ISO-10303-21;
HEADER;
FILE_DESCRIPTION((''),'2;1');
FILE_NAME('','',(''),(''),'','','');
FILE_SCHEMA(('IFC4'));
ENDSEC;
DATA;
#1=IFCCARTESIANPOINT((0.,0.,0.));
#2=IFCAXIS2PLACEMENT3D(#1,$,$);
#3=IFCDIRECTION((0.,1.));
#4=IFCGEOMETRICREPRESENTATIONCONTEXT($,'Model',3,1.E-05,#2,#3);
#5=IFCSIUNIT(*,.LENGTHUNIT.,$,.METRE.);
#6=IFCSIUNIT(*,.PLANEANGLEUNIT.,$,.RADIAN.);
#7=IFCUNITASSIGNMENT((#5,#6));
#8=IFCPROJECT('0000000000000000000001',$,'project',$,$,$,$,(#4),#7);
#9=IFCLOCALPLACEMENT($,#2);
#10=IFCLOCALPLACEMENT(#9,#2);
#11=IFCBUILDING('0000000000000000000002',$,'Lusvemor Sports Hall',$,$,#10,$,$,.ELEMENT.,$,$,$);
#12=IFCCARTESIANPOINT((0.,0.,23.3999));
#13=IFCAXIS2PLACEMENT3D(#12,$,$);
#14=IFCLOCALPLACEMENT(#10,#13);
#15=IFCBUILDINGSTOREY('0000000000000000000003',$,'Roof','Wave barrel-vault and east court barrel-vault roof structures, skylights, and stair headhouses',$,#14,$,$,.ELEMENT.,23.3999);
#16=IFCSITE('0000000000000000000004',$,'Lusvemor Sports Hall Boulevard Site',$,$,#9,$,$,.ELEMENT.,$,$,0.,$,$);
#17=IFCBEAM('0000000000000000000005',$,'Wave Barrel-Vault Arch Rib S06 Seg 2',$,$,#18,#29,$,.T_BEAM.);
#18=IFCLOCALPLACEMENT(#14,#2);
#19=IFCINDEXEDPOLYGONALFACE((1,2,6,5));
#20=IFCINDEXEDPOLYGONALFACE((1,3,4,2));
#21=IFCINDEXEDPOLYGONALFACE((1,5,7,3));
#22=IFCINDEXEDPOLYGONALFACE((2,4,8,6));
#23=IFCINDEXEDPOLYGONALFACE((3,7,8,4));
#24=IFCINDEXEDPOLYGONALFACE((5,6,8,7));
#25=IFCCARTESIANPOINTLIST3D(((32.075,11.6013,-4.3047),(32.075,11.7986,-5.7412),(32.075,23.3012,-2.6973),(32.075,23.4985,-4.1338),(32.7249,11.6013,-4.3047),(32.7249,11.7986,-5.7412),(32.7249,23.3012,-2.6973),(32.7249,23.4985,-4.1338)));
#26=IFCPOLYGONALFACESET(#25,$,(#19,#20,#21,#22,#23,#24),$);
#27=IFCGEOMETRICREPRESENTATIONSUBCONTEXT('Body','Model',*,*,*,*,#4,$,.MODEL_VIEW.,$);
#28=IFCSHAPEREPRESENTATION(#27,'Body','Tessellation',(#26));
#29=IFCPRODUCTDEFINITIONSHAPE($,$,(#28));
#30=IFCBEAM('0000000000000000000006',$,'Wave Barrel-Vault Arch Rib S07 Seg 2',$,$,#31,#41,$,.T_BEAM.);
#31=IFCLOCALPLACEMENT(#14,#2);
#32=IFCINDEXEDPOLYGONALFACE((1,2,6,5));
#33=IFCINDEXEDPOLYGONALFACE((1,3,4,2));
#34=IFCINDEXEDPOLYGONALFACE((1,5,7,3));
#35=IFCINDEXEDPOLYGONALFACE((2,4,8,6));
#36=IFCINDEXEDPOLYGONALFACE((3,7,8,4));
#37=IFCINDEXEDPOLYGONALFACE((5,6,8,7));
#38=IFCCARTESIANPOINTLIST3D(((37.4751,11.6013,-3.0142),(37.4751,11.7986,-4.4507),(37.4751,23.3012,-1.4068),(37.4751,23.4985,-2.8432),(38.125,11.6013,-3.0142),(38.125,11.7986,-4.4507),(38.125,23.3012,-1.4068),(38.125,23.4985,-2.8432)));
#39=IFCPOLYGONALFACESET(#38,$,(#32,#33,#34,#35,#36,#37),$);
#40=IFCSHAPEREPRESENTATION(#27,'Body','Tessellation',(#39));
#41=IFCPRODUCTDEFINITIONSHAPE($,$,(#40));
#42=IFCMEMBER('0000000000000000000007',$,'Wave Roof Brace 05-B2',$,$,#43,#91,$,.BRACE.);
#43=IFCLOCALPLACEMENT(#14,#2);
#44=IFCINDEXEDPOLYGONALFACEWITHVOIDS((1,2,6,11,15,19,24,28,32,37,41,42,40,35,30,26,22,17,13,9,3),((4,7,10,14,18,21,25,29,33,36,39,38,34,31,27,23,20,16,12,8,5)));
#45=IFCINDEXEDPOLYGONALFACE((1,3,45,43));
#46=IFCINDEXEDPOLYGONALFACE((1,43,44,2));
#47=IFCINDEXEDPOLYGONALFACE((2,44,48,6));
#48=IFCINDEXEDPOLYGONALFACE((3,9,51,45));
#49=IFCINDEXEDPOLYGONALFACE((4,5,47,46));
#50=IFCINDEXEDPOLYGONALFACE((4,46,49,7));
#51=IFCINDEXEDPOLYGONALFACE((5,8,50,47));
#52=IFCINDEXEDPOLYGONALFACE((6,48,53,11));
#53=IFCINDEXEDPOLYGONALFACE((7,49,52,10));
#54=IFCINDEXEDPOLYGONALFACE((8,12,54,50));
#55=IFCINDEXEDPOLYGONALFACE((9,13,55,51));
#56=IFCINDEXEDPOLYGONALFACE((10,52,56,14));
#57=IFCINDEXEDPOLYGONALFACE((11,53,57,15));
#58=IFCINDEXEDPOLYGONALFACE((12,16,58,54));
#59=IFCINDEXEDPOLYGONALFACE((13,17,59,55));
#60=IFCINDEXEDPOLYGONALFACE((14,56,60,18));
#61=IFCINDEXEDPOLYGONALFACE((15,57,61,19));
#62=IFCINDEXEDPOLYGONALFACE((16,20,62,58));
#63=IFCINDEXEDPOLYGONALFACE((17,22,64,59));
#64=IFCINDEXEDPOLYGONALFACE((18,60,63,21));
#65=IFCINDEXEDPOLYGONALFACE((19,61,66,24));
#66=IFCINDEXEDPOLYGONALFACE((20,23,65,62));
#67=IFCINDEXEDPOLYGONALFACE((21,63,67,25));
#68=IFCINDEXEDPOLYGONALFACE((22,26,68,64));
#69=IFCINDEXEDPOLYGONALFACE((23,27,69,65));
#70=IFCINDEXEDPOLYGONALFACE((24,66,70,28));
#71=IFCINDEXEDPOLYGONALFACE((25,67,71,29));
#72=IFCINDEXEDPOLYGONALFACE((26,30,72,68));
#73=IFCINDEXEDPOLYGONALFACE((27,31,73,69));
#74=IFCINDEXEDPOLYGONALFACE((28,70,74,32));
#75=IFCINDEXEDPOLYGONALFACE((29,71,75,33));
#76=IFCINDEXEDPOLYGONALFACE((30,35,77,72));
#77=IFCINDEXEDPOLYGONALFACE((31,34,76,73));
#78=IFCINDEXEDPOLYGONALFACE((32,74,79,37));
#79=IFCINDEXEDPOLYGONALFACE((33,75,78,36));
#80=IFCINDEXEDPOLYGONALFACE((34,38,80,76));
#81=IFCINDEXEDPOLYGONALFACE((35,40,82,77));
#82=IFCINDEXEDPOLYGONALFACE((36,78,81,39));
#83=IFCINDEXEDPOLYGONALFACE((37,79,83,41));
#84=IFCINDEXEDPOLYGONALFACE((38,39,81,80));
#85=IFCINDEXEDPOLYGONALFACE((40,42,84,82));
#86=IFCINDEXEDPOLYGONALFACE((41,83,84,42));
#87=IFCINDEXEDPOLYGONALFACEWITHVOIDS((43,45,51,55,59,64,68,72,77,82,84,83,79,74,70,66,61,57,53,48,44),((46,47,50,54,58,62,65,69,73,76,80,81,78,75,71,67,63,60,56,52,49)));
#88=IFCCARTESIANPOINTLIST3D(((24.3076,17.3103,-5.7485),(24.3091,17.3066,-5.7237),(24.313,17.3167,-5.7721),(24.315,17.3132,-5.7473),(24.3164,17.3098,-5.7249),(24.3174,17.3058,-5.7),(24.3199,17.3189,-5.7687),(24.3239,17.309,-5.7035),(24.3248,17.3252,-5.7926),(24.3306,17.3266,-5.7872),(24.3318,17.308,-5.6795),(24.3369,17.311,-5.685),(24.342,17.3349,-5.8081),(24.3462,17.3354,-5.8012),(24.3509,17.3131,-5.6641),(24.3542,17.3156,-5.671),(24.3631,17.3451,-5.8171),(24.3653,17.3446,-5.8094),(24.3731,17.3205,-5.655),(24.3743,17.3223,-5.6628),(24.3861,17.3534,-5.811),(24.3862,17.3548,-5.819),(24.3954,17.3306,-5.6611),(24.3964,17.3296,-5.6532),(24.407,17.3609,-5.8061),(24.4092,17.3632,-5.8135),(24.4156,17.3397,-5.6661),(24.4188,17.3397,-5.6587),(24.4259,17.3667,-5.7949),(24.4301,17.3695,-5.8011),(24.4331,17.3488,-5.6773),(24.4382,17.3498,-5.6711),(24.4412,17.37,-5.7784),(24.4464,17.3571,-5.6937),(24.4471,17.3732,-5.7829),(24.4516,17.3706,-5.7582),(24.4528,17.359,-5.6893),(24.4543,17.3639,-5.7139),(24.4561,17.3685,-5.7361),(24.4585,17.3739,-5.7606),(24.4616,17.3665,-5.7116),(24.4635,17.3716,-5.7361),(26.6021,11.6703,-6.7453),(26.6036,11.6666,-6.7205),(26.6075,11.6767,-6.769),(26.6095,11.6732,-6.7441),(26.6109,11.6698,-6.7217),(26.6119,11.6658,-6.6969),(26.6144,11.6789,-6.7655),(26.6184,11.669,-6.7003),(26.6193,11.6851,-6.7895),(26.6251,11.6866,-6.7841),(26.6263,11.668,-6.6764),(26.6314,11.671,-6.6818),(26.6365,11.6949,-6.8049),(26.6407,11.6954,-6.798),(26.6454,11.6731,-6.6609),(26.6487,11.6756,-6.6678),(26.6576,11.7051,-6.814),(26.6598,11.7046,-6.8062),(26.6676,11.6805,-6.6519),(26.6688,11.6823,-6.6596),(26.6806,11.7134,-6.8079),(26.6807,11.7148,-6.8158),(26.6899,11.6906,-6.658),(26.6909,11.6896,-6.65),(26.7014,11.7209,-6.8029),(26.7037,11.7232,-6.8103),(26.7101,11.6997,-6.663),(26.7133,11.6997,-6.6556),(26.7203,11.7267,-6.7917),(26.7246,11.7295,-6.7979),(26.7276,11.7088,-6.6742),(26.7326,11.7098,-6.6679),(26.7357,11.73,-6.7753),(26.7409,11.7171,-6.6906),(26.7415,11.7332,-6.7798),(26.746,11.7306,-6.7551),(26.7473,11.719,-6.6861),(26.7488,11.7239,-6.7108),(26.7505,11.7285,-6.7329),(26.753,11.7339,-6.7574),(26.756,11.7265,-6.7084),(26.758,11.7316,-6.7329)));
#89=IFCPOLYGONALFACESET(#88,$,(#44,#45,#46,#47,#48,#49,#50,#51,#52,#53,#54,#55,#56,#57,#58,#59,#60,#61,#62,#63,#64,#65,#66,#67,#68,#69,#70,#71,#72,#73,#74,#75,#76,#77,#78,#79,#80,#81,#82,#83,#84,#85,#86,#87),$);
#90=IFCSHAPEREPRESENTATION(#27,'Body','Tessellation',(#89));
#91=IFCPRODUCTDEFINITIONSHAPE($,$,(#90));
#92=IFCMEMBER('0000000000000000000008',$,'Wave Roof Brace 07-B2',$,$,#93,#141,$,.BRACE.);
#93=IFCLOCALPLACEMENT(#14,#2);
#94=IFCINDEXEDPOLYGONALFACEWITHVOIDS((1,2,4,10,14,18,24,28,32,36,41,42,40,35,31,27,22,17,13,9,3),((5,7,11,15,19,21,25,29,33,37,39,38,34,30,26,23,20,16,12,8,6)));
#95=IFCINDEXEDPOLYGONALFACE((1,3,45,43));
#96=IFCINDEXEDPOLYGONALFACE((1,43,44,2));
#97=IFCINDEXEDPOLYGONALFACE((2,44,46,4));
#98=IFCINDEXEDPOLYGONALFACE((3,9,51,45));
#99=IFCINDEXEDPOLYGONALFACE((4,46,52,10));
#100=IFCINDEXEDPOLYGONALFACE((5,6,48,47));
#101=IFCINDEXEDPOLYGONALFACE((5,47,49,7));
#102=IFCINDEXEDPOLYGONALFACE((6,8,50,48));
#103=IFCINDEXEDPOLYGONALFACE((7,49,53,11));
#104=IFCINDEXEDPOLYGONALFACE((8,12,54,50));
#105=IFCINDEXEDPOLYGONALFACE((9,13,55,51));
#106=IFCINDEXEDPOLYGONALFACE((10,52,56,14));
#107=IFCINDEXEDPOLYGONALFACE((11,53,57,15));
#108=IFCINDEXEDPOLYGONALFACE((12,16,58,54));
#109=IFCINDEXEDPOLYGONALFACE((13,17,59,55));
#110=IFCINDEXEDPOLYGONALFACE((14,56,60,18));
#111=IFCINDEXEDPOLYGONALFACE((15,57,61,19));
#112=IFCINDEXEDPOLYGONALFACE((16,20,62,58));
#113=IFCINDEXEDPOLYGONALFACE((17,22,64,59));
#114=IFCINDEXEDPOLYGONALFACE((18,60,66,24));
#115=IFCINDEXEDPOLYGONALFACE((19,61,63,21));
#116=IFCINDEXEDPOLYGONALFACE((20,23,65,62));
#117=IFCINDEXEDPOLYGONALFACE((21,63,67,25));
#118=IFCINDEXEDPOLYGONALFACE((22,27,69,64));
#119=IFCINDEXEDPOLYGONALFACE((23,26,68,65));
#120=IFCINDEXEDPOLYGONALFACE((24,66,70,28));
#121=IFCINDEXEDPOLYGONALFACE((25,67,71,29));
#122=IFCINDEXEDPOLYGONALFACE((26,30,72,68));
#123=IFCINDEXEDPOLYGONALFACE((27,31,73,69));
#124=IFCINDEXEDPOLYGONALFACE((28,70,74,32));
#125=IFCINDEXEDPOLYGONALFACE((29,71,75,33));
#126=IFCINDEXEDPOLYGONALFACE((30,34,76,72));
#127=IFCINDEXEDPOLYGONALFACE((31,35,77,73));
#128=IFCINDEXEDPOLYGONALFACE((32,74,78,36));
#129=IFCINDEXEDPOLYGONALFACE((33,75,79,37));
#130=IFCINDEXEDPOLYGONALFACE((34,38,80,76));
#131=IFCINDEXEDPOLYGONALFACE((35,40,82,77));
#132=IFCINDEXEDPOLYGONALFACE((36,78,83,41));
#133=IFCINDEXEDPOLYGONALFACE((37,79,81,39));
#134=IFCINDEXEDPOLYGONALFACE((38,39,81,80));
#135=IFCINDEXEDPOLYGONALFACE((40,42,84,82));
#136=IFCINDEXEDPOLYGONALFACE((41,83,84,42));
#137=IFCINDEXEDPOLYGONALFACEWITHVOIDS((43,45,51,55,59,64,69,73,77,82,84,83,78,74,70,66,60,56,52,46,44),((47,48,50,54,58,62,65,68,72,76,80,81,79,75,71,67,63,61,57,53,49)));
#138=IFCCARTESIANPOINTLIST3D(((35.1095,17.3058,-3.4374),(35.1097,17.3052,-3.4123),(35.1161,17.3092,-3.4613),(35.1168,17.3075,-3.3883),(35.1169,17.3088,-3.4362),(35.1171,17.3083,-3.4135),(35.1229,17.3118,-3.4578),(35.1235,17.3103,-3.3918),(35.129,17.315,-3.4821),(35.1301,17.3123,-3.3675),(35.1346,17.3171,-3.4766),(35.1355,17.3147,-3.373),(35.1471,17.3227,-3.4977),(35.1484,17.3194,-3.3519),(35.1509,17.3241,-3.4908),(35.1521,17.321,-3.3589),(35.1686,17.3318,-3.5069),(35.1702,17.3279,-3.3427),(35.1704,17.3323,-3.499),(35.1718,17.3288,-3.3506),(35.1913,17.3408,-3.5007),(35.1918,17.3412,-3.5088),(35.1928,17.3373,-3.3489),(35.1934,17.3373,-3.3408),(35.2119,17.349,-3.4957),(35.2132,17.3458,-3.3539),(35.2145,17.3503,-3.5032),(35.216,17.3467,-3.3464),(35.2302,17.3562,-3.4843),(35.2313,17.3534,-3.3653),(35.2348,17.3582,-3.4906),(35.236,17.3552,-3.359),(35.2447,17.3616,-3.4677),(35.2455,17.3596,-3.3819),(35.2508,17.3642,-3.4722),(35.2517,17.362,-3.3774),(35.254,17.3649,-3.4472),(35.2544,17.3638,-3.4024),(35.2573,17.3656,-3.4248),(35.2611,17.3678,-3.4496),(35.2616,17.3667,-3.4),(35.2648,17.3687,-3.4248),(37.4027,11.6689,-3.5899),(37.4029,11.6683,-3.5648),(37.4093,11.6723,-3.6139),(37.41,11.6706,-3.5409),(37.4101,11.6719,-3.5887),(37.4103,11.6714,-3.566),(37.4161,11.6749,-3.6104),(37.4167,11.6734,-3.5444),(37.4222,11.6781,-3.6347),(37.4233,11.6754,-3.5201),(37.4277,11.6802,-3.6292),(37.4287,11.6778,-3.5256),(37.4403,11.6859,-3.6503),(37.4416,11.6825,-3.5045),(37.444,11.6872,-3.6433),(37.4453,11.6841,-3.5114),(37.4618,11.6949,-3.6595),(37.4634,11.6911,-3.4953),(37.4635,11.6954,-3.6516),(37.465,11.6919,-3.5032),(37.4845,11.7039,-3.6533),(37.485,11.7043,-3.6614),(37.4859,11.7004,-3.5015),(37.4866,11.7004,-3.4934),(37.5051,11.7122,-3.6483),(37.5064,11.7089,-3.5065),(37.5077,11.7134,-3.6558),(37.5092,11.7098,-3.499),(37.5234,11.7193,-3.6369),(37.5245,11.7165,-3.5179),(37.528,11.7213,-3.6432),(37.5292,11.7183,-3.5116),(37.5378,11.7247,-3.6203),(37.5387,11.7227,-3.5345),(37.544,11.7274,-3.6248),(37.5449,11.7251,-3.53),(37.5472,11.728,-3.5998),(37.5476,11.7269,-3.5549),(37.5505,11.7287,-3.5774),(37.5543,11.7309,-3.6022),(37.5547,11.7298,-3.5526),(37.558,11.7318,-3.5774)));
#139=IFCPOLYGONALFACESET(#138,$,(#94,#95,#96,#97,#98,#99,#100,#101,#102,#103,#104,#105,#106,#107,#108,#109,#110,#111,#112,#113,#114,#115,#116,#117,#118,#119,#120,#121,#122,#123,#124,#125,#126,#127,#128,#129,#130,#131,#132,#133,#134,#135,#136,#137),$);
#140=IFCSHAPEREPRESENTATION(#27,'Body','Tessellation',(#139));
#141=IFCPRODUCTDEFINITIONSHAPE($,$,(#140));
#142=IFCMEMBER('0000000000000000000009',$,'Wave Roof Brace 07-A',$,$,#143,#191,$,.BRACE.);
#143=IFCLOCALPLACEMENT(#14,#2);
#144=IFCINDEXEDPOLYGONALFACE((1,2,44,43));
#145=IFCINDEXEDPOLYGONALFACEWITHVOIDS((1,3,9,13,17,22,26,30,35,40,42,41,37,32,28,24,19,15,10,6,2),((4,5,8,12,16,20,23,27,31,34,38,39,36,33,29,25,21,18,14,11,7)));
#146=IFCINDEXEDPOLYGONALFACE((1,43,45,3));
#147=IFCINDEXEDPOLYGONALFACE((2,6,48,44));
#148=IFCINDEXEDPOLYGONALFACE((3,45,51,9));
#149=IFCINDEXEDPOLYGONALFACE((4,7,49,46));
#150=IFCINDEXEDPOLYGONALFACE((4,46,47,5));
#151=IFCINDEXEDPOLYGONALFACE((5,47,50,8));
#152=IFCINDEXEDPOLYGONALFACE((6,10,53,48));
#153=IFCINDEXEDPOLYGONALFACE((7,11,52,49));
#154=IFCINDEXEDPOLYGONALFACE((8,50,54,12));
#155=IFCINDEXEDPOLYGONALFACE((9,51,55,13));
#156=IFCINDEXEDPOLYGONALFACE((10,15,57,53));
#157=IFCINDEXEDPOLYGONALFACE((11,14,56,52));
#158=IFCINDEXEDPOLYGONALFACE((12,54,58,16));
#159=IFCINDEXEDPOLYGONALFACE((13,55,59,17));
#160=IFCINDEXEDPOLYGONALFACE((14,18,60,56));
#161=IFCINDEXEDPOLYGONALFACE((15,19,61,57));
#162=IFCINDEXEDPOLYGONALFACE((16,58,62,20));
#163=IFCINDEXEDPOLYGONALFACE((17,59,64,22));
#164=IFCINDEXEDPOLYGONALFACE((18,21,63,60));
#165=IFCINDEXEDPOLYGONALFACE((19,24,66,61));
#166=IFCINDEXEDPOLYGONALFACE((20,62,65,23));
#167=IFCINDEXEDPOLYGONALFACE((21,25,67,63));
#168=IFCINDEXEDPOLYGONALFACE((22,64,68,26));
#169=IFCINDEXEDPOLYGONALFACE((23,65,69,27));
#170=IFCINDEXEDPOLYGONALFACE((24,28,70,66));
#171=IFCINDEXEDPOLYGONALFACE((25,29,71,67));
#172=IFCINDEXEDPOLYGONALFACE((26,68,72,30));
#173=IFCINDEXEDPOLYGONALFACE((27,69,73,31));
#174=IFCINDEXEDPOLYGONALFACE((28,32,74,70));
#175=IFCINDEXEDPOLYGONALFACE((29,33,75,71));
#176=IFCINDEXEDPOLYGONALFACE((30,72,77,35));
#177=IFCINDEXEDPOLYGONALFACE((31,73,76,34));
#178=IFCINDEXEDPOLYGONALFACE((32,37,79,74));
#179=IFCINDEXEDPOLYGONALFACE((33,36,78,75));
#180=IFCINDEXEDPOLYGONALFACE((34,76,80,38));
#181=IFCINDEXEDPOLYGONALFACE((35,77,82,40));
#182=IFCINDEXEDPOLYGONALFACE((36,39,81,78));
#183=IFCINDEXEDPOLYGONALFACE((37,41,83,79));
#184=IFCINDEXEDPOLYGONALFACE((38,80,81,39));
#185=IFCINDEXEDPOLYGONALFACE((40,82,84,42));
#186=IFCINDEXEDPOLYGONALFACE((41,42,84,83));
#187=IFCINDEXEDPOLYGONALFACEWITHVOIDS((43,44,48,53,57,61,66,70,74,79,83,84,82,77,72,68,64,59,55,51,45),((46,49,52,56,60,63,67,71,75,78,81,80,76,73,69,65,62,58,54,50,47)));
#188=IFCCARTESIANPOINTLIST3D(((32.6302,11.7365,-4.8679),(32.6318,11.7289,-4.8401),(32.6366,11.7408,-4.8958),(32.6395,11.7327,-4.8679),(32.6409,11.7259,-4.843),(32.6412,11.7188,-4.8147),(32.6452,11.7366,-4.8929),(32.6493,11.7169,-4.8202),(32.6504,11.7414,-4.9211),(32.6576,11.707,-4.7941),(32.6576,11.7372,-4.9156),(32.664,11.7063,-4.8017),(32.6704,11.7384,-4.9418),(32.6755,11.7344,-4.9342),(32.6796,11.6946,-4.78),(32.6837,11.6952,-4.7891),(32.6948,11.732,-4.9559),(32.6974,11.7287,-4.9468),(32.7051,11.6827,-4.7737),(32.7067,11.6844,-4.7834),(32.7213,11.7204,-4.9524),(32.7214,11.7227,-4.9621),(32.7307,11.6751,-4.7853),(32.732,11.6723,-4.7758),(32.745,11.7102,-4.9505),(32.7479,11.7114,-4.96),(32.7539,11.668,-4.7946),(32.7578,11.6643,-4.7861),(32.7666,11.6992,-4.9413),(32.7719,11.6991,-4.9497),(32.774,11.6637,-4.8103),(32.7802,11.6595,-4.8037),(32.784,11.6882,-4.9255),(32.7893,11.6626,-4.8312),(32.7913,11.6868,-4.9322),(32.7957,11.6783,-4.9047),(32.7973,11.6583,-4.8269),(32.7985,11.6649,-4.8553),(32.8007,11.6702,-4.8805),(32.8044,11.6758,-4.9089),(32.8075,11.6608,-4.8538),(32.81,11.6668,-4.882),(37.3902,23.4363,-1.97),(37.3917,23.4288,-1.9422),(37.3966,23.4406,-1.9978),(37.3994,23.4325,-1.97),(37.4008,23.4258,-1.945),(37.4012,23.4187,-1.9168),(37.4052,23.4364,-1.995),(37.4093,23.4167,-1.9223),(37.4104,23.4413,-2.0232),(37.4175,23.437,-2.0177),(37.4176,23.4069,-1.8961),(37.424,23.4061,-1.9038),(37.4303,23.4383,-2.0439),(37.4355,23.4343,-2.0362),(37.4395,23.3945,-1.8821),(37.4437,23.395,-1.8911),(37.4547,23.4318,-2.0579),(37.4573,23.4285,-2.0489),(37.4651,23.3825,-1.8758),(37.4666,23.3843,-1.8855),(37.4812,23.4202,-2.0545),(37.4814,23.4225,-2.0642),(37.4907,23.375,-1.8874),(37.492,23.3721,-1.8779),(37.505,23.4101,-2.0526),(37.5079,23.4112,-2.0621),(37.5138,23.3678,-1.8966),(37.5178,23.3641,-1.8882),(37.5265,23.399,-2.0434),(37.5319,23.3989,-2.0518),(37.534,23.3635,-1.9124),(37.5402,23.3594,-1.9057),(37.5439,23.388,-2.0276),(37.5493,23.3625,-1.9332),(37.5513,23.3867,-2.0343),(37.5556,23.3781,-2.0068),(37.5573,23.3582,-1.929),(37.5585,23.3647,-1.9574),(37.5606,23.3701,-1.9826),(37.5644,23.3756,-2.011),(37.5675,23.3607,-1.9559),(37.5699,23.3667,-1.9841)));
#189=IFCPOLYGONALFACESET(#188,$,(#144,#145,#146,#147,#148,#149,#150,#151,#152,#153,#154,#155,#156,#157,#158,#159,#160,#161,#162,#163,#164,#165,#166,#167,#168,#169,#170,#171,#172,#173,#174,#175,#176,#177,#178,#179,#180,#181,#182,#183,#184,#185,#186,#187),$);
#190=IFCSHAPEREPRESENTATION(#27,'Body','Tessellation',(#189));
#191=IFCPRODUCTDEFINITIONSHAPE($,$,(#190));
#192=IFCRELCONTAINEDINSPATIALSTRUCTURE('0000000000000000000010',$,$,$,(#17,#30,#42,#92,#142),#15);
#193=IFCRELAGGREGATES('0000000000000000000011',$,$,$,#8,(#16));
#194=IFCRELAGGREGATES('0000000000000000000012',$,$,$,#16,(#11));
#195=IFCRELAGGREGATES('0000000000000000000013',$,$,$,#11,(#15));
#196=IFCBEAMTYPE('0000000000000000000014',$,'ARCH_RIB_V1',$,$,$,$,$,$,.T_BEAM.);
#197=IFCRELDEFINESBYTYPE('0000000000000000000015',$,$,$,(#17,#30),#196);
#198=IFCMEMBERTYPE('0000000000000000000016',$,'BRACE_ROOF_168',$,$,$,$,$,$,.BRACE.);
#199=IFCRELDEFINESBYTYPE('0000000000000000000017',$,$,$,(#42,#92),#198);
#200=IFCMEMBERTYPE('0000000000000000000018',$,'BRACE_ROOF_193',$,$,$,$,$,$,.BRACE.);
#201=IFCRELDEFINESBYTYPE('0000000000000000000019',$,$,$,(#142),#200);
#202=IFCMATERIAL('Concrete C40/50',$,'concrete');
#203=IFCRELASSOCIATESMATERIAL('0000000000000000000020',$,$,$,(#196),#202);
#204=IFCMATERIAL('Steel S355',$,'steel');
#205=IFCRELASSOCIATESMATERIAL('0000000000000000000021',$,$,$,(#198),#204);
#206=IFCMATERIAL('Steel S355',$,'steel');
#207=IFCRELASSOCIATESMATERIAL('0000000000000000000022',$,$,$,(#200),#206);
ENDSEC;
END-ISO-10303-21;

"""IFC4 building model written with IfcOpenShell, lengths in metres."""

from ifc_helpers import new_model, si_unit, direction, frame, origin, origin_2d, place, context, subcontext, project, spatial, rectangle, hollow_circle, extrude, material, material_profile, profile_set, type_object, element, save


model = new_model("IFC4")

# Units and contexts
model_context = context("Model", 3, precision=1e-05, world=origin(), true_north=direction((0.0, 1.0)))
body_context = subcontext(model_context, "Body", "Model", "MODEL_VIEW")
ifc_project = project(units=[si_unit("LENGTHUNIT", "METRE"), si_unit("PLANEANGLEUNIT", "RADIAN")], contexts=[model_context])

# Site, building, storey
site_placement = place(None, origin())
site = spatial("IfcSite", under=ifc_project, at=site_placement, Name="Lusvemor Sports Hall Boulevard Site", CompositionType="ELEMENT", RefElevation=0.0)
building_placement = place(site_placement, origin())
building = spatial("IfcBuilding", under=site, at=building_placement, Name="Lusvemor Sports Hall", CompositionType="ELEMENT")
storey_placement = place(building_placement, frame((0.0, 0.0, 23.3999)))
storey = spatial("IfcBuildingStorey", under=building, at=storey_placement, Name="Roof", Description="Wave barrel-vault and east court barrel-vault roof structures, skylights, and stair headhouses", CompositionType="ELEMENT", Elevation=23.3999)

# Beams
ifc_material_1 = material(Name="Concrete C40/50", Category="concrete")
ifc_material_profile_1 = material_profile(ifc_material_1, rectangle(XDim=0.6499, YDim=1.45, at=origin_2d()), Name="RC650x1450")
ifc_profile_set_1 = profile_set([ifc_material_profile_1], Name="Concrete C40/50")
beam_type = type_object("IfcBeamType", Name="ARCH_RIB_V1", PredefinedType="T_BEAM", material=ifc_profile_set_1)
for number, where, z_axis, x_axis, name in (
    (1, (32.3999, 11.7, -5.0229), (0.0, 0.990694, 0.136109), (-1.0, 0.0, 0.0), "Wave Barrel-Vault Arch Rib S06 Seg 2"),
    (2, (37.8, 11.7, -3.7324), (0.0, 0.990694, 0.136109), (-1.0, 0.0, 0.0), "Wave Barrel-Vault Arch Rib S07 Seg 2"),
):
    element("IfcBeam", number, at=place(storey_placement, frame(where, z_axis=z_axis, x_axis=x_axis)), inside=storey, type_object=beam_type, Name=name, PredefinedType="T_BEAM", context=body_context, shape_type="SweptSolid", body=[
        extrude(rectangle(XDim=0.6499, YDim=1.45, at=origin_2d()), origin(), (0.0, 0.0, 1.0), 11.8098),
    ])

# Members
ifc_material_2 = material(Name="Steel S355", Category="steel")
ifc_material_profile_2 = material_profile(ifc_material_2, hollow_circle(Radius=0.0842, WallThickness=0.0081, at=origin_2d()), Name="CHS168.3x8.0")
ifc_profile_set_2 = profile_set([ifc_material_profile_2], Name="Steel S355")
member_type_1 = type_object("IfcMemberType", Name="BRACE_ROOF_168", PredefinedType="BRACE", material=ifc_profile_set_2)
member_1_placement = place(storey_placement, frame((24.3855, 17.3398, -5.7361), z_axis=(0.371881, -0.914112, -0.161565), x_axis=(0.926282, 0.376832, 0.0)))
element("IfcMember", 3, at=member_1_placement, inside=storey, type_object=member_type_1, Name="Wave Roof Brace 05-B2", PredefinedType="BRACE", context=body_context, shape_type="SweptSolid", body=[
    extrude(hollow_circle(Radius=0.0842, WallThickness=0.0081, at=origin_2d()), origin(), (0.0, 0.0, 1.0), 6.1699),
])
member_2_placement = place(storey_placement, frame((35.1868, 17.3369, -3.4248), z_axis=(0.376709, -0.925992, -0.025066), x_axis=(0.926283, 0.376828, 0.0)))
element("IfcMember", 4, at=member_2_placement, inside=storey, type_object=member_type_1, Name="Wave Roof Brace 07-B2", PredefinedType="BRACE", context=body_context, shape_type="SweptSolid", body=[
    extrude(hollow_circle(Radius=0.0842, WallThickness=0.0081, at=origin_2d()), origin(), (0.0, 0.0, 1.0), 6.0874),
])
ifc_material_3 = material(Name="Steel S355", Category="steel")
ifc_material_profile_3 = material_profile(ifc_material_3, hollow_circle(Radius=0.0969, WallThickness=0.01, at=origin_2d()), Name="CHS193.7x10.0")
ifc_profile_set_3 = profile_set([ifc_material_profile_3], Name="Steel S355")
member_type_2 = type_object("IfcMemberType", Name="BRACE_ROOF_193", PredefinedType="BRACE", material=ifc_profile_set_3)
member_3_placement = place(storey_placement, frame((32.72, 11.7, -4.8679), z_axis=(0.367303, 0.90282, 0.223618), x_axis=(-0.926276, 0.376846, 0.0)))
element("IfcMember", 5, at=member_3_placement, inside=storey, type_object=member_type_2, Name="Wave Roof Brace 07-A", PredefinedType="BRACE", context=body_context, shape_type="SweptSolid", body=[
    extrude(hollow_circle(Radius=0.0969, WallThickness=0.01, at=origin_2d()), origin(), (0.0, 0.0, 1.0), 12.9592),
])

save(model, "model.ifc")
